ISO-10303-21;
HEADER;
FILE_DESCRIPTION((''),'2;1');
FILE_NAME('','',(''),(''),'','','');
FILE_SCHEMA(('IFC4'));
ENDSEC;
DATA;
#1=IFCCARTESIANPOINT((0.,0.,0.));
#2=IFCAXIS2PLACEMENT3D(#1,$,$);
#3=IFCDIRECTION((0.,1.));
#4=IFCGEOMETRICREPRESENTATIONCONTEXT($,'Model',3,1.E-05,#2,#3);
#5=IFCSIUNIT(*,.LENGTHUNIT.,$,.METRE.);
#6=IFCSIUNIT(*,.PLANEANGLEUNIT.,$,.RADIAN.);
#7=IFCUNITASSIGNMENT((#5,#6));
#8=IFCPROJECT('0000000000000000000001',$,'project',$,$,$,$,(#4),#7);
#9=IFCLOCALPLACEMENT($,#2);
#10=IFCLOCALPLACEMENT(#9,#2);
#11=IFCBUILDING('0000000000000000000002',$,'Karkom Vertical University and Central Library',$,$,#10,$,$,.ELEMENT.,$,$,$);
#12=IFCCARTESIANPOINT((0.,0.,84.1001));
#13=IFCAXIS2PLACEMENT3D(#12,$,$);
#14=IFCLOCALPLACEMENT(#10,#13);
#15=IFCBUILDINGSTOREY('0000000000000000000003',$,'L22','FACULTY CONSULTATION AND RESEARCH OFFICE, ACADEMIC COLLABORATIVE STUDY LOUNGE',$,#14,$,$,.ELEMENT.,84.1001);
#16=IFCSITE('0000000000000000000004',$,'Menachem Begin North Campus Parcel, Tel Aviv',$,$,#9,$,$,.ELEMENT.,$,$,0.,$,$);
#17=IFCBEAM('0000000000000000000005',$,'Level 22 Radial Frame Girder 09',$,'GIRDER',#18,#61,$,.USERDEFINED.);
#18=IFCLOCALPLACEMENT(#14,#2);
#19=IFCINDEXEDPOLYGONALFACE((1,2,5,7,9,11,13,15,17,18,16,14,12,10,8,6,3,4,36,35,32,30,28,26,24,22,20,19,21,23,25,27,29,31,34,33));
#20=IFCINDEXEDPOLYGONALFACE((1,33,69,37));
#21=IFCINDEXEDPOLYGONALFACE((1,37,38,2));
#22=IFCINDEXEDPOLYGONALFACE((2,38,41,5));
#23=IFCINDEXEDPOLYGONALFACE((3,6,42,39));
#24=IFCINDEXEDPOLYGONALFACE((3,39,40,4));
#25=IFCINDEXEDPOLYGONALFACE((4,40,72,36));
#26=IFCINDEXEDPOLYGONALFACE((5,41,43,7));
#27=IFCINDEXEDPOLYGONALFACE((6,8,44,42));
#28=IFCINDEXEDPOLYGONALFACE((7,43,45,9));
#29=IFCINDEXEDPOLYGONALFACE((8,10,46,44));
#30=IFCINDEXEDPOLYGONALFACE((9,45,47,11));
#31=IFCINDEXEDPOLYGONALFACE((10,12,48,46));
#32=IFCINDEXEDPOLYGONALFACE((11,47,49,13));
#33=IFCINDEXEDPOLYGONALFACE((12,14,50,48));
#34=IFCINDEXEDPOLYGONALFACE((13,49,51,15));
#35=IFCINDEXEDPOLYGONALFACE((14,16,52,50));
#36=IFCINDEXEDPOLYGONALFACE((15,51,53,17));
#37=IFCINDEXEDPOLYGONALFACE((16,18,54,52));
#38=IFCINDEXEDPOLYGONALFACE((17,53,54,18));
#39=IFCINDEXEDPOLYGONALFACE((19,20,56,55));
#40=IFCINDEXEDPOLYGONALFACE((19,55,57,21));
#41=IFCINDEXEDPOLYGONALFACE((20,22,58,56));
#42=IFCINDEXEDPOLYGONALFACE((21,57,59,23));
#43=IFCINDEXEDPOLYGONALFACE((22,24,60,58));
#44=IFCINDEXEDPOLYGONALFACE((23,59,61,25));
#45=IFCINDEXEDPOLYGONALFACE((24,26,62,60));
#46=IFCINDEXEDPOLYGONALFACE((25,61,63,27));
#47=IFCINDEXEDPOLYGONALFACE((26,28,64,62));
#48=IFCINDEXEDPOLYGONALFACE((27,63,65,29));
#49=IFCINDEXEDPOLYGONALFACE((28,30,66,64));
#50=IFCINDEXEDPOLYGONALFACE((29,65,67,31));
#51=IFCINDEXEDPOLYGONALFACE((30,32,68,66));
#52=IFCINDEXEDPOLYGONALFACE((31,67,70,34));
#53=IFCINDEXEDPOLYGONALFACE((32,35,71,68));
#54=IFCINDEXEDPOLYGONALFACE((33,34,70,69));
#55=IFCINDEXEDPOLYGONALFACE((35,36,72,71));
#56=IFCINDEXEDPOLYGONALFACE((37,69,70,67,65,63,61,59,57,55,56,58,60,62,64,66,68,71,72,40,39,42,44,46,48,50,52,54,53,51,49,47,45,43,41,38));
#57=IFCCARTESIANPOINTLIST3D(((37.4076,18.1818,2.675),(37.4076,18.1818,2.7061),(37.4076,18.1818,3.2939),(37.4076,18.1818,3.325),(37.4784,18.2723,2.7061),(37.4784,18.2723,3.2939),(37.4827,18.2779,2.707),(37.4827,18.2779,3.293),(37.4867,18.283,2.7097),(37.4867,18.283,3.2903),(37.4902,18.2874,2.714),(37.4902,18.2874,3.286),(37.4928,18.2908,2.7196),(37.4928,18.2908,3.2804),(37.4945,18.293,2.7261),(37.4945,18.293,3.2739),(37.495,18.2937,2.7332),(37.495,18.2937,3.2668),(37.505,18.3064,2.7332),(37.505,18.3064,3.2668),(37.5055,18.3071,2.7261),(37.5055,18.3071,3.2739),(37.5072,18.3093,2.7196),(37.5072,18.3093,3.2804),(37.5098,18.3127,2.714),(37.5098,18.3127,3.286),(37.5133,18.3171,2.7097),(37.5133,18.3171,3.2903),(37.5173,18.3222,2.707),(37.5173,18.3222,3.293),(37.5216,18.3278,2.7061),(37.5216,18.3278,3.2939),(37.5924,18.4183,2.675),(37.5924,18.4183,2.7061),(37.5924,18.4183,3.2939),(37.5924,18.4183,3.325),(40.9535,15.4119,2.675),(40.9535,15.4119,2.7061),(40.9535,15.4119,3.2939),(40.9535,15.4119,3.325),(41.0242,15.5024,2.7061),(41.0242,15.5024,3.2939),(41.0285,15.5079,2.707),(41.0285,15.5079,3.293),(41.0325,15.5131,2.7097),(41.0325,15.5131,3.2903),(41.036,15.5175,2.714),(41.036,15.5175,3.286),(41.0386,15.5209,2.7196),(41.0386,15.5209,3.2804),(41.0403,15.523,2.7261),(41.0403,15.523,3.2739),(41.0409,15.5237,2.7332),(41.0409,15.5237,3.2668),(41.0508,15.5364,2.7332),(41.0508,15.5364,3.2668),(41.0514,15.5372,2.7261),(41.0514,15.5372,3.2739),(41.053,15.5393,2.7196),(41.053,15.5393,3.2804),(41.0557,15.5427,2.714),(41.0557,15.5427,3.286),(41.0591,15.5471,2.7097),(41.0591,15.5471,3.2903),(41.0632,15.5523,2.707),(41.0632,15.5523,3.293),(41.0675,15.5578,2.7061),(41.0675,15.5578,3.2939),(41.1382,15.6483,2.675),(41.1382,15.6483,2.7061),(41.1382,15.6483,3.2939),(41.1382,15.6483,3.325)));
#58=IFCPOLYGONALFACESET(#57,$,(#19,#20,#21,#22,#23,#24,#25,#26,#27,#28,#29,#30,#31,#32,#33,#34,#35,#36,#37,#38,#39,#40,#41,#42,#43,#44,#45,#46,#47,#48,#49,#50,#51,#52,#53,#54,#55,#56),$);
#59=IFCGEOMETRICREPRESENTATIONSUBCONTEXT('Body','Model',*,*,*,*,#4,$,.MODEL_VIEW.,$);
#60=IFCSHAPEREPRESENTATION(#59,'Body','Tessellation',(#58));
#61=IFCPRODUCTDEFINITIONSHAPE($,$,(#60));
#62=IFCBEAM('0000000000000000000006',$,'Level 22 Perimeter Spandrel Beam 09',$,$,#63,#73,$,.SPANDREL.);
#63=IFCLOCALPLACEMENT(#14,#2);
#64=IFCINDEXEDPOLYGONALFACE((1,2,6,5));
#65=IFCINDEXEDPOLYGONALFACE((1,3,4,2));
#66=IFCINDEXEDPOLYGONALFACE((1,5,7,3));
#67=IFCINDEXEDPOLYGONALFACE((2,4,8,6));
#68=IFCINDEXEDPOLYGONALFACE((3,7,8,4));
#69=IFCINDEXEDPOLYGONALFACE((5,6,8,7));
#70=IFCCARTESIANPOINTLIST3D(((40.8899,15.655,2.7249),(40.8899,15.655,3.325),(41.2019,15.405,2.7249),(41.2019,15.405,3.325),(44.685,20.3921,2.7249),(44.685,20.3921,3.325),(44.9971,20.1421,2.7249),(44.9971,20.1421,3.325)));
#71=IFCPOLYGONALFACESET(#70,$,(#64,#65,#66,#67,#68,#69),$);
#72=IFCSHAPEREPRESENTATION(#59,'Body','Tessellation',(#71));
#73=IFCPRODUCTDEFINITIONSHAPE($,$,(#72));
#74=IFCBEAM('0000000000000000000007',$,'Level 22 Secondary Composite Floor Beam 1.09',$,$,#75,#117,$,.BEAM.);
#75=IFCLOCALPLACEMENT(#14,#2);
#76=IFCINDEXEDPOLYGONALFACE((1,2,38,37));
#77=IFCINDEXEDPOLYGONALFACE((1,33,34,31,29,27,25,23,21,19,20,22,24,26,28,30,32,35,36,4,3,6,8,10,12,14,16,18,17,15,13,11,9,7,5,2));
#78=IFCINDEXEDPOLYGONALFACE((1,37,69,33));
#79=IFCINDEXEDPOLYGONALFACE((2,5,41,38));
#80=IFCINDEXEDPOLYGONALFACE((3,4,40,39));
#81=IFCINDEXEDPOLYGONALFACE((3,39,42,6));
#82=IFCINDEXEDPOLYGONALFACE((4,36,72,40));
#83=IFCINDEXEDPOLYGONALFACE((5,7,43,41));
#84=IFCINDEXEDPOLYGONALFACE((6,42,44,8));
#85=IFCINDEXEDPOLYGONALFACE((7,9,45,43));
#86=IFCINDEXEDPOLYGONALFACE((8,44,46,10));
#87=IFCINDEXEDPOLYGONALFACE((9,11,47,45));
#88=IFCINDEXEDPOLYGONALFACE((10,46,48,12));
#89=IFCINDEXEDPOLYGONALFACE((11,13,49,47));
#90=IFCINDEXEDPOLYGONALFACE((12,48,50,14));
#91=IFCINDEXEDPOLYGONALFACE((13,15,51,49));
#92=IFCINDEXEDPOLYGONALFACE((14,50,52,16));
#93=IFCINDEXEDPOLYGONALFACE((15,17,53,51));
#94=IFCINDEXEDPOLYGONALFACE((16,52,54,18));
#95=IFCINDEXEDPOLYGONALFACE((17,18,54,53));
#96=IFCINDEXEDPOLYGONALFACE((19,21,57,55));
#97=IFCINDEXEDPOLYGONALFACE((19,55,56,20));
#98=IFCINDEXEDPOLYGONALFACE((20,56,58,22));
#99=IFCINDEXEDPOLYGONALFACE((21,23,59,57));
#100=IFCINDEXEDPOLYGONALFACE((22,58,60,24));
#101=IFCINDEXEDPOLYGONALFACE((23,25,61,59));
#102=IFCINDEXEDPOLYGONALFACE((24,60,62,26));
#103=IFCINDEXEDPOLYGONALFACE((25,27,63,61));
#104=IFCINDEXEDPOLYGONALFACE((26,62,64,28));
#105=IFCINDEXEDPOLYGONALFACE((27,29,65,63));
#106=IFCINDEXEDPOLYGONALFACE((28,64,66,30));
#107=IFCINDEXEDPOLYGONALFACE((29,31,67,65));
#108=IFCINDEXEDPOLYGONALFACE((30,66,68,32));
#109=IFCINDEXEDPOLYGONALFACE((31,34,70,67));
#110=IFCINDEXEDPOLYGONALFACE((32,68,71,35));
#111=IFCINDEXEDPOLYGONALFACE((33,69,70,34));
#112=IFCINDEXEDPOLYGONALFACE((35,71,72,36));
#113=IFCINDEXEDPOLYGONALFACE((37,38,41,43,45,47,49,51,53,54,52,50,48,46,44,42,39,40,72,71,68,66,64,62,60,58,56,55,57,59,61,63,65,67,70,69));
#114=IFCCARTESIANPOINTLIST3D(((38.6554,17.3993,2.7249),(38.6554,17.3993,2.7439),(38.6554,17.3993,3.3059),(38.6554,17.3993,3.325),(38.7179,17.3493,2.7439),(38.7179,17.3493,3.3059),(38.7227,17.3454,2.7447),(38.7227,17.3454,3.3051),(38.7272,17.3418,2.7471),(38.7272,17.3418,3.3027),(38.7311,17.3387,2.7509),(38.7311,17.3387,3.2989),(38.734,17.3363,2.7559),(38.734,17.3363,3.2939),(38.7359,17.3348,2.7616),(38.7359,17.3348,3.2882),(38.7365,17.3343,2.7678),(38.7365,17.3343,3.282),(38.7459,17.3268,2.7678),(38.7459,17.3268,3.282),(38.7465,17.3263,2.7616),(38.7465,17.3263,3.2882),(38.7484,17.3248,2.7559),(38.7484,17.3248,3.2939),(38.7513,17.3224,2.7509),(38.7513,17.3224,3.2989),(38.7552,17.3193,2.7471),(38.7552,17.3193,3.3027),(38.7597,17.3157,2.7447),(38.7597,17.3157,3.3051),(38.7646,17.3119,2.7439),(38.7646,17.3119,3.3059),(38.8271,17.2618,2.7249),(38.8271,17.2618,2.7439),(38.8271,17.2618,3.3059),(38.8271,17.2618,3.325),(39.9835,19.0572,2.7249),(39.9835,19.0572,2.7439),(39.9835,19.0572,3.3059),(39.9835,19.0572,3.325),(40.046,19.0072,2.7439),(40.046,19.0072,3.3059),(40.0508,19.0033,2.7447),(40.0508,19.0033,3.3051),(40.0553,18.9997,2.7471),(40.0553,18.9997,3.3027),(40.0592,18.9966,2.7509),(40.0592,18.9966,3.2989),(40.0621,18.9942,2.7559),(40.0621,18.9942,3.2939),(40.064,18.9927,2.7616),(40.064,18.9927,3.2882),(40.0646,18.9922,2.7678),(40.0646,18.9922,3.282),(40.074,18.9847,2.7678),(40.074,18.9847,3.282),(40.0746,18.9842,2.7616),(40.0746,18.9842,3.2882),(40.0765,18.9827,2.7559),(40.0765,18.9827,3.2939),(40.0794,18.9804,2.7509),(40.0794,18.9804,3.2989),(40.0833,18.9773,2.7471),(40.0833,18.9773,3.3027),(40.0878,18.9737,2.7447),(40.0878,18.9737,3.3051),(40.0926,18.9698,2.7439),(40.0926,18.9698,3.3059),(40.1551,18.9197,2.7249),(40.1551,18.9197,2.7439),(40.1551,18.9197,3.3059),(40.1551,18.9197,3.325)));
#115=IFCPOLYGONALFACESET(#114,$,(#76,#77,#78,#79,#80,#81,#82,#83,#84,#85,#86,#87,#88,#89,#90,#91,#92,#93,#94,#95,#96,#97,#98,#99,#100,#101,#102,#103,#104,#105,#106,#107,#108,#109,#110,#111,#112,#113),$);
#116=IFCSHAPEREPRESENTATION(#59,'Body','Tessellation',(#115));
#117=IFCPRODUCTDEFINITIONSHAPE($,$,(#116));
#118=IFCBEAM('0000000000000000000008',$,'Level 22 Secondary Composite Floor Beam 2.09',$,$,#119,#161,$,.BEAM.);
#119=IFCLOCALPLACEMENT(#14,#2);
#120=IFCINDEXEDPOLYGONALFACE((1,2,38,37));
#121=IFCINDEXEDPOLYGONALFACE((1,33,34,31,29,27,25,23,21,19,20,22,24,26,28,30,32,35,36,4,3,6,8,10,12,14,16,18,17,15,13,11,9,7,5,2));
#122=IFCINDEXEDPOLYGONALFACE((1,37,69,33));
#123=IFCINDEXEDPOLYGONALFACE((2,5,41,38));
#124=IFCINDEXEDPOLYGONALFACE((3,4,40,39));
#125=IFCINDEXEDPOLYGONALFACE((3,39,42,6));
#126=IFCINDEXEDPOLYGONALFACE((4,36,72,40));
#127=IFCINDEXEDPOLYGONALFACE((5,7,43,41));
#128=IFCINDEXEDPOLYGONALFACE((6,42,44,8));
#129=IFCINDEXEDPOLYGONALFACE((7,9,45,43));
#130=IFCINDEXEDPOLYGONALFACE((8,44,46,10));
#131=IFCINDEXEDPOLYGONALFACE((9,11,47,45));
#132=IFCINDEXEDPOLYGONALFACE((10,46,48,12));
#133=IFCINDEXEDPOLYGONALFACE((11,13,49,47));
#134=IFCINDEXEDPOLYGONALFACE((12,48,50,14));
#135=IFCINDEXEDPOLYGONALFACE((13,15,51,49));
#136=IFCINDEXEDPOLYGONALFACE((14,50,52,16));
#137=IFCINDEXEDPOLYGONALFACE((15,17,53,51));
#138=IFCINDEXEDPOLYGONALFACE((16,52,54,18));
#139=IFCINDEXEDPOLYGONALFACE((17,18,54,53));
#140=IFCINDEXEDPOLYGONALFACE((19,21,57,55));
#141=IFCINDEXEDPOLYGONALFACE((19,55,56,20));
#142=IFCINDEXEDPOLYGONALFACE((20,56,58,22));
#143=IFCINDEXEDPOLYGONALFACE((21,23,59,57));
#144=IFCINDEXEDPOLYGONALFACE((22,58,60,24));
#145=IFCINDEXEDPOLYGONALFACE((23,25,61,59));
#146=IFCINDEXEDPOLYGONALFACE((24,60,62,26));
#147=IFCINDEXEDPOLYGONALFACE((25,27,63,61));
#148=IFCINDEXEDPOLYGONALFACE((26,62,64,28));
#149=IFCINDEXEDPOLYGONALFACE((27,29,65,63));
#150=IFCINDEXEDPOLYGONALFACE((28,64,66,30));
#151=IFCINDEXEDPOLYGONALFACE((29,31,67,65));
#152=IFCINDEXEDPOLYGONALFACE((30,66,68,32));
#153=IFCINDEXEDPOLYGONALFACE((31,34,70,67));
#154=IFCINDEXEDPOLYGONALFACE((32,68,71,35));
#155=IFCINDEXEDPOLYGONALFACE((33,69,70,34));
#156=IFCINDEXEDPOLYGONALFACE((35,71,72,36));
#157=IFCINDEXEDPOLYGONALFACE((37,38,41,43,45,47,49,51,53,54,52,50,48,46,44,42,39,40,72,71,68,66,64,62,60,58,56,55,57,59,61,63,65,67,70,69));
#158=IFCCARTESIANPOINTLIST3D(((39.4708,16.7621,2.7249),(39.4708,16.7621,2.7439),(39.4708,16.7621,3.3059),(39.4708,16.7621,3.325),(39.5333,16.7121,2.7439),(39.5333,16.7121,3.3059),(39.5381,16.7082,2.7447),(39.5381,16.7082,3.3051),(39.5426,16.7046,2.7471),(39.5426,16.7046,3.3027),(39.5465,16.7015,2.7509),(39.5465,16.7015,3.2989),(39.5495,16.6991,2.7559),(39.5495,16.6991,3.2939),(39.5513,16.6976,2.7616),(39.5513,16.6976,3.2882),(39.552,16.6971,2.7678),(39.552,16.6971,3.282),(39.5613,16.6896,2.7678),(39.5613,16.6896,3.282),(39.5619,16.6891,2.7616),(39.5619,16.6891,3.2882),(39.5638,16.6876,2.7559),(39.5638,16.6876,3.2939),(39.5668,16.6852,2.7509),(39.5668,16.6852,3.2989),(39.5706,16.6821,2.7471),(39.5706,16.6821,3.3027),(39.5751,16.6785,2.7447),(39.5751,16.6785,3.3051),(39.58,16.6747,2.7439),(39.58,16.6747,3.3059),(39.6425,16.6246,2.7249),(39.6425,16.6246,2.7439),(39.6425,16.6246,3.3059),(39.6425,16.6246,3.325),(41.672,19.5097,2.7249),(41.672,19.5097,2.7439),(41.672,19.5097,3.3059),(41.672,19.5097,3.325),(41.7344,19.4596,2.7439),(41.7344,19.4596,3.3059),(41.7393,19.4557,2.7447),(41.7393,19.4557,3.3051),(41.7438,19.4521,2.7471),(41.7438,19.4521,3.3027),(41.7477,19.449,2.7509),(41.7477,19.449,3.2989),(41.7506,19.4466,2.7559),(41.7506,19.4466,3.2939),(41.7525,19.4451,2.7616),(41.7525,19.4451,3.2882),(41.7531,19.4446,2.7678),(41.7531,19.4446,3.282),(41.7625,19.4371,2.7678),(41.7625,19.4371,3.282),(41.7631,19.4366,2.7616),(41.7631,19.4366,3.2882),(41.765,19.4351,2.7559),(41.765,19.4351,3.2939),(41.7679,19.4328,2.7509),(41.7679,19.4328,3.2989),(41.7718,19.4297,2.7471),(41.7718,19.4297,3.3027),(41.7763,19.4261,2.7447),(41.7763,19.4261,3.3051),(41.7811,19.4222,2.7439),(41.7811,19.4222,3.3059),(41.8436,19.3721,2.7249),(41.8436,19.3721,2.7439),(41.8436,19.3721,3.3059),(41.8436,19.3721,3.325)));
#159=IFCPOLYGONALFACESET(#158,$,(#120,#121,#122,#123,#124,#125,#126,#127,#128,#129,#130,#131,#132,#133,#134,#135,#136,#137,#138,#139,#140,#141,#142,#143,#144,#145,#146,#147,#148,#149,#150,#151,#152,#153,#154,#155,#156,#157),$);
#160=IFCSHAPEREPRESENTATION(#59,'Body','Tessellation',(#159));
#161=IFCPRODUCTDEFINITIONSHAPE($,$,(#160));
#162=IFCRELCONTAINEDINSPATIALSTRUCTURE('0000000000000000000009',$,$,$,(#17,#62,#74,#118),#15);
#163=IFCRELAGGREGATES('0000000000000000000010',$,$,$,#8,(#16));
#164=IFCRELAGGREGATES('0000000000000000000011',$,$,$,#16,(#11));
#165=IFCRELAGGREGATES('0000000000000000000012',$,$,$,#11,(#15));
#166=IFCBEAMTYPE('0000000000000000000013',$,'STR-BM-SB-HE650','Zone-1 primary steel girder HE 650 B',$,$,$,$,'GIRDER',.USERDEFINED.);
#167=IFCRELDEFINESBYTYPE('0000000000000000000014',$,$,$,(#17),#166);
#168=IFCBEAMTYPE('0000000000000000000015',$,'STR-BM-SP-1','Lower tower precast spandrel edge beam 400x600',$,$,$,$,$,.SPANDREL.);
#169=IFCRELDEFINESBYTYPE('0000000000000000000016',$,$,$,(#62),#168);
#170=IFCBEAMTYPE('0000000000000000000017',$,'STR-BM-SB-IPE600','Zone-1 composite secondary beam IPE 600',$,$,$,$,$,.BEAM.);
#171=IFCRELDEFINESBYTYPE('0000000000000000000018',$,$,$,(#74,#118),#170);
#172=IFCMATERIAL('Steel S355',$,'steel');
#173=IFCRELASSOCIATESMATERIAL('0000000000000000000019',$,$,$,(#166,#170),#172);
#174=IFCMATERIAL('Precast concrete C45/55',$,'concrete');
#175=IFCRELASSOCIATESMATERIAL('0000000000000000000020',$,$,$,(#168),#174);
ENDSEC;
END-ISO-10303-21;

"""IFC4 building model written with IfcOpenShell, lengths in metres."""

from ifc_helpers import new_model, si_unit, direction, frame, origin, origin_with_axes, origin_2d, place, context, subcontext, project, spatial, rectangle, i_section, extrude, source, transform, mapped, material, material_profile, profile_set, type_object, element, save


model = new_model("IFC4")

# Units and contexts
model_context = context("Model", 3, precision=1e-05, world=origin(), true_north=direction((0.0, 1.0)))
body_context = subcontext(model_context, "Body", "Model", "MODEL_VIEW")
ifc_project = project(units=[si_unit("LENGTHUNIT", "METRE"), si_unit("PLANEANGLEUNIT", "RADIAN")], contexts=[model_context])

# Site, building, storey
site_placement = place(None, origin())
site = spatial("IfcSite", under=ifc_project, at=site_placement, Name="Menachem Begin North Campus Parcel, Tel Aviv", CompositionType="ELEMENT", RefElevation=0.0)
building_placement = place(site_placement, origin())
building = spatial("IfcBuilding", under=site, at=building_placement, Name="Karkom Vertical University and Central Library", CompositionType="ELEMENT")
storey_placement = place(building_placement, frame((0.0, 0.0, 84.1001)))
storey = spatial("IfcBuildingStorey", under=building, at=storey_placement, Name="L22", Description="FACULTY CONSULTATION AND RESEARCH OFFICE, ACADEMIC COLLABORATIVE STUDY LOUNGE", CompositionType="ELEMENT", Elevation=84.1001)

# Beams
ifc_material_1 = material(Name="Steel S355", Category="steel")
ifc_material_profile_1 = material_profile(ifc_material_1, i_section(OverallWidth=0.3, OverallDepth=0.6499, WebThickness=0.0161, FlangeThickness=0.031, FilletRadius=0.0271, at=origin_2d()), Name="HE 650 B")
ifc_profile_set_1 = profile_set([ifc_material_profile_1], Name="Steel S355")
beam_type_1 = type_object("IfcBeamType", Name="STR-BM-SB-HE650", Description="Zone-1 primary steel girder HE 650 B", ElementType="GIRDER", PredefinedType="USERDEFINED", material=ifc_profile_set_1)
shared_shape_1 = source(origin_with_axes(), body_context, "Body", "SweptSolid", [
    extrude(i_section(OverallWidth=0.3, OverallDepth=0.6499, WebThickness=0.0161, FlangeThickness=0.031, FilletRadius=0.0271, at=origin_2d()), origin(), (0.0, 0.0, 1.0), 4.4995),
])
beam_1_placement = place(storey_placement, frame((37.5, 18.3, 3.0), z_axis=(0.788047, -0.615615, 0.0), x_axis=(0.615615, 0.788047, 0.0)))
element("IfcBeam", 1, at=beam_1_placement, inside=storey, type_object=beam_type_1, Name="Level 22 Radial Frame Girder 09", ObjectType="GIRDER", PredefinedType="USERDEFINED", context=body_context, shape_type="MappedRepresentation", body=[
    mapped(shared_shape_1, transform((0.0, 0.0, 0.0), scale=1.0)),
])
ifc_material_2 = material(Name="Precast concrete C45/55", Category="concrete")
ifc_material_profile_2 = material_profile(ifc_material_2, rectangle(XDim=0.3999, YDim=0.6001, at=origin_2d()), Name="SPB-400x600")
ifc_profile_set_2 = profile_set([ifc_material_profile_2], Name="Precast concrete C45/55")
beam_type_2 = type_object("IfcBeamType", Name="STR-BM-SP-1", Description="Lower tower precast spandrel edge beam 400x600", PredefinedType="SPANDREL", material=ifc_profile_set_2)
shared_shape_2 = source(origin_with_axes(), body_context, "Body", "SweptSolid", [
    extrude(rectangle(XDim=0.3999, YDim=0.6001, at=origin_2d()), origin(), (0.0, 0.0, 1.0), 6.0698),
])
beam_2_placement = place(storey_placement, frame((41.0459, 15.53, 3.0249), z_axis=(0.625249, 0.780425, 0.0), x_axis=(-0.780425, 0.625249, 0.0)))
element("IfcBeam", 2, at=beam_2_placement, inside=storey, type_object=beam_type_2, Name="Level 22 Perimeter Spandrel Beam 09", PredefinedType="SPANDREL", context=body_context, shape_type="MappedRepresentation", body=[
    mapped(shared_shape_2, transform((0.0, 0.0, 0.0), scale=1.0)),
])
ifc_material_profile_3 = material_profile(ifc_material_1, i_section(OverallWidth=0.22, OverallDepth=0.6001, WebThickness=0.012, FlangeThickness=0.019, FilletRadius=0.0239, at=origin_2d()), Name="IPE 600")
ifc_profile_set_3 = profile_set([ifc_material_profile_3], Name="Steel S355")
beam_type_3 = type_object("IfcBeamType", Name="STR-BM-SB-IPE600", Description="Zone-1 composite secondary beam IPE 600", PredefinedType="BEAM", material=ifc_profile_set_3)
shared_shape_3 = source(origin_with_axes(), body_context, "Body", "SweptSolid", [
    extrude(i_section(OverallWidth=0.22, OverallDepth=0.6001, WebThickness=0.012, FlangeThickness=0.019, FilletRadius=0.0239, at=origin_2d()), origin(), (0.0, 0.0, 1.0), 2.1243),
])
beam_3_placement = place(storey_placement, frame((38.7412, 17.3306, 3.0249), z_axis=(0.625199, 0.780465, 0.0), x_axis=(-0.780465, 0.625199, 0.0)))
element("IfcBeam", 3, at=beam_3_placement, inside=storey, type_object=beam_type_3, Name="Level 22 Secondary Composite Floor Beam 1.09", PredefinedType="BEAM", context=body_context, shape_type="MappedRepresentation", body=[
    mapped(shared_shape_3, transform((0.0, 0.0, 0.0), scale=1.0)),
])
shared_shape_4 = source(origin_with_axes(), body_context, "Body", "SweptSolid", [
    extrude(i_section(OverallWidth=0.22, OverallDepth=0.6001, WebThickness=0.012, FlangeThickness=0.019, FilletRadius=0.0239, at=origin_2d()), origin(), (0.0, 0.0, 1.0), 3.5205),
])
beam_4_placement = place(storey_placement, frame((39.5566, 16.6934, 3.0249), z_axis=(0.625236, 0.780436, 0.0), x_axis=(-0.780436, 0.625236, 0.0)))
element("IfcBeam", 4, at=beam_4_placement, inside=storey, type_object=beam_type_3, Name="Level 22 Secondary Composite Floor Beam 2.09", PredefinedType="BEAM", context=body_context, shape_type="MappedRepresentation", body=[
    mapped(shared_shape_4, transform((0.0, 0.0, 0.0), scale=1.0)),
])

save(model, "model.ifc")
